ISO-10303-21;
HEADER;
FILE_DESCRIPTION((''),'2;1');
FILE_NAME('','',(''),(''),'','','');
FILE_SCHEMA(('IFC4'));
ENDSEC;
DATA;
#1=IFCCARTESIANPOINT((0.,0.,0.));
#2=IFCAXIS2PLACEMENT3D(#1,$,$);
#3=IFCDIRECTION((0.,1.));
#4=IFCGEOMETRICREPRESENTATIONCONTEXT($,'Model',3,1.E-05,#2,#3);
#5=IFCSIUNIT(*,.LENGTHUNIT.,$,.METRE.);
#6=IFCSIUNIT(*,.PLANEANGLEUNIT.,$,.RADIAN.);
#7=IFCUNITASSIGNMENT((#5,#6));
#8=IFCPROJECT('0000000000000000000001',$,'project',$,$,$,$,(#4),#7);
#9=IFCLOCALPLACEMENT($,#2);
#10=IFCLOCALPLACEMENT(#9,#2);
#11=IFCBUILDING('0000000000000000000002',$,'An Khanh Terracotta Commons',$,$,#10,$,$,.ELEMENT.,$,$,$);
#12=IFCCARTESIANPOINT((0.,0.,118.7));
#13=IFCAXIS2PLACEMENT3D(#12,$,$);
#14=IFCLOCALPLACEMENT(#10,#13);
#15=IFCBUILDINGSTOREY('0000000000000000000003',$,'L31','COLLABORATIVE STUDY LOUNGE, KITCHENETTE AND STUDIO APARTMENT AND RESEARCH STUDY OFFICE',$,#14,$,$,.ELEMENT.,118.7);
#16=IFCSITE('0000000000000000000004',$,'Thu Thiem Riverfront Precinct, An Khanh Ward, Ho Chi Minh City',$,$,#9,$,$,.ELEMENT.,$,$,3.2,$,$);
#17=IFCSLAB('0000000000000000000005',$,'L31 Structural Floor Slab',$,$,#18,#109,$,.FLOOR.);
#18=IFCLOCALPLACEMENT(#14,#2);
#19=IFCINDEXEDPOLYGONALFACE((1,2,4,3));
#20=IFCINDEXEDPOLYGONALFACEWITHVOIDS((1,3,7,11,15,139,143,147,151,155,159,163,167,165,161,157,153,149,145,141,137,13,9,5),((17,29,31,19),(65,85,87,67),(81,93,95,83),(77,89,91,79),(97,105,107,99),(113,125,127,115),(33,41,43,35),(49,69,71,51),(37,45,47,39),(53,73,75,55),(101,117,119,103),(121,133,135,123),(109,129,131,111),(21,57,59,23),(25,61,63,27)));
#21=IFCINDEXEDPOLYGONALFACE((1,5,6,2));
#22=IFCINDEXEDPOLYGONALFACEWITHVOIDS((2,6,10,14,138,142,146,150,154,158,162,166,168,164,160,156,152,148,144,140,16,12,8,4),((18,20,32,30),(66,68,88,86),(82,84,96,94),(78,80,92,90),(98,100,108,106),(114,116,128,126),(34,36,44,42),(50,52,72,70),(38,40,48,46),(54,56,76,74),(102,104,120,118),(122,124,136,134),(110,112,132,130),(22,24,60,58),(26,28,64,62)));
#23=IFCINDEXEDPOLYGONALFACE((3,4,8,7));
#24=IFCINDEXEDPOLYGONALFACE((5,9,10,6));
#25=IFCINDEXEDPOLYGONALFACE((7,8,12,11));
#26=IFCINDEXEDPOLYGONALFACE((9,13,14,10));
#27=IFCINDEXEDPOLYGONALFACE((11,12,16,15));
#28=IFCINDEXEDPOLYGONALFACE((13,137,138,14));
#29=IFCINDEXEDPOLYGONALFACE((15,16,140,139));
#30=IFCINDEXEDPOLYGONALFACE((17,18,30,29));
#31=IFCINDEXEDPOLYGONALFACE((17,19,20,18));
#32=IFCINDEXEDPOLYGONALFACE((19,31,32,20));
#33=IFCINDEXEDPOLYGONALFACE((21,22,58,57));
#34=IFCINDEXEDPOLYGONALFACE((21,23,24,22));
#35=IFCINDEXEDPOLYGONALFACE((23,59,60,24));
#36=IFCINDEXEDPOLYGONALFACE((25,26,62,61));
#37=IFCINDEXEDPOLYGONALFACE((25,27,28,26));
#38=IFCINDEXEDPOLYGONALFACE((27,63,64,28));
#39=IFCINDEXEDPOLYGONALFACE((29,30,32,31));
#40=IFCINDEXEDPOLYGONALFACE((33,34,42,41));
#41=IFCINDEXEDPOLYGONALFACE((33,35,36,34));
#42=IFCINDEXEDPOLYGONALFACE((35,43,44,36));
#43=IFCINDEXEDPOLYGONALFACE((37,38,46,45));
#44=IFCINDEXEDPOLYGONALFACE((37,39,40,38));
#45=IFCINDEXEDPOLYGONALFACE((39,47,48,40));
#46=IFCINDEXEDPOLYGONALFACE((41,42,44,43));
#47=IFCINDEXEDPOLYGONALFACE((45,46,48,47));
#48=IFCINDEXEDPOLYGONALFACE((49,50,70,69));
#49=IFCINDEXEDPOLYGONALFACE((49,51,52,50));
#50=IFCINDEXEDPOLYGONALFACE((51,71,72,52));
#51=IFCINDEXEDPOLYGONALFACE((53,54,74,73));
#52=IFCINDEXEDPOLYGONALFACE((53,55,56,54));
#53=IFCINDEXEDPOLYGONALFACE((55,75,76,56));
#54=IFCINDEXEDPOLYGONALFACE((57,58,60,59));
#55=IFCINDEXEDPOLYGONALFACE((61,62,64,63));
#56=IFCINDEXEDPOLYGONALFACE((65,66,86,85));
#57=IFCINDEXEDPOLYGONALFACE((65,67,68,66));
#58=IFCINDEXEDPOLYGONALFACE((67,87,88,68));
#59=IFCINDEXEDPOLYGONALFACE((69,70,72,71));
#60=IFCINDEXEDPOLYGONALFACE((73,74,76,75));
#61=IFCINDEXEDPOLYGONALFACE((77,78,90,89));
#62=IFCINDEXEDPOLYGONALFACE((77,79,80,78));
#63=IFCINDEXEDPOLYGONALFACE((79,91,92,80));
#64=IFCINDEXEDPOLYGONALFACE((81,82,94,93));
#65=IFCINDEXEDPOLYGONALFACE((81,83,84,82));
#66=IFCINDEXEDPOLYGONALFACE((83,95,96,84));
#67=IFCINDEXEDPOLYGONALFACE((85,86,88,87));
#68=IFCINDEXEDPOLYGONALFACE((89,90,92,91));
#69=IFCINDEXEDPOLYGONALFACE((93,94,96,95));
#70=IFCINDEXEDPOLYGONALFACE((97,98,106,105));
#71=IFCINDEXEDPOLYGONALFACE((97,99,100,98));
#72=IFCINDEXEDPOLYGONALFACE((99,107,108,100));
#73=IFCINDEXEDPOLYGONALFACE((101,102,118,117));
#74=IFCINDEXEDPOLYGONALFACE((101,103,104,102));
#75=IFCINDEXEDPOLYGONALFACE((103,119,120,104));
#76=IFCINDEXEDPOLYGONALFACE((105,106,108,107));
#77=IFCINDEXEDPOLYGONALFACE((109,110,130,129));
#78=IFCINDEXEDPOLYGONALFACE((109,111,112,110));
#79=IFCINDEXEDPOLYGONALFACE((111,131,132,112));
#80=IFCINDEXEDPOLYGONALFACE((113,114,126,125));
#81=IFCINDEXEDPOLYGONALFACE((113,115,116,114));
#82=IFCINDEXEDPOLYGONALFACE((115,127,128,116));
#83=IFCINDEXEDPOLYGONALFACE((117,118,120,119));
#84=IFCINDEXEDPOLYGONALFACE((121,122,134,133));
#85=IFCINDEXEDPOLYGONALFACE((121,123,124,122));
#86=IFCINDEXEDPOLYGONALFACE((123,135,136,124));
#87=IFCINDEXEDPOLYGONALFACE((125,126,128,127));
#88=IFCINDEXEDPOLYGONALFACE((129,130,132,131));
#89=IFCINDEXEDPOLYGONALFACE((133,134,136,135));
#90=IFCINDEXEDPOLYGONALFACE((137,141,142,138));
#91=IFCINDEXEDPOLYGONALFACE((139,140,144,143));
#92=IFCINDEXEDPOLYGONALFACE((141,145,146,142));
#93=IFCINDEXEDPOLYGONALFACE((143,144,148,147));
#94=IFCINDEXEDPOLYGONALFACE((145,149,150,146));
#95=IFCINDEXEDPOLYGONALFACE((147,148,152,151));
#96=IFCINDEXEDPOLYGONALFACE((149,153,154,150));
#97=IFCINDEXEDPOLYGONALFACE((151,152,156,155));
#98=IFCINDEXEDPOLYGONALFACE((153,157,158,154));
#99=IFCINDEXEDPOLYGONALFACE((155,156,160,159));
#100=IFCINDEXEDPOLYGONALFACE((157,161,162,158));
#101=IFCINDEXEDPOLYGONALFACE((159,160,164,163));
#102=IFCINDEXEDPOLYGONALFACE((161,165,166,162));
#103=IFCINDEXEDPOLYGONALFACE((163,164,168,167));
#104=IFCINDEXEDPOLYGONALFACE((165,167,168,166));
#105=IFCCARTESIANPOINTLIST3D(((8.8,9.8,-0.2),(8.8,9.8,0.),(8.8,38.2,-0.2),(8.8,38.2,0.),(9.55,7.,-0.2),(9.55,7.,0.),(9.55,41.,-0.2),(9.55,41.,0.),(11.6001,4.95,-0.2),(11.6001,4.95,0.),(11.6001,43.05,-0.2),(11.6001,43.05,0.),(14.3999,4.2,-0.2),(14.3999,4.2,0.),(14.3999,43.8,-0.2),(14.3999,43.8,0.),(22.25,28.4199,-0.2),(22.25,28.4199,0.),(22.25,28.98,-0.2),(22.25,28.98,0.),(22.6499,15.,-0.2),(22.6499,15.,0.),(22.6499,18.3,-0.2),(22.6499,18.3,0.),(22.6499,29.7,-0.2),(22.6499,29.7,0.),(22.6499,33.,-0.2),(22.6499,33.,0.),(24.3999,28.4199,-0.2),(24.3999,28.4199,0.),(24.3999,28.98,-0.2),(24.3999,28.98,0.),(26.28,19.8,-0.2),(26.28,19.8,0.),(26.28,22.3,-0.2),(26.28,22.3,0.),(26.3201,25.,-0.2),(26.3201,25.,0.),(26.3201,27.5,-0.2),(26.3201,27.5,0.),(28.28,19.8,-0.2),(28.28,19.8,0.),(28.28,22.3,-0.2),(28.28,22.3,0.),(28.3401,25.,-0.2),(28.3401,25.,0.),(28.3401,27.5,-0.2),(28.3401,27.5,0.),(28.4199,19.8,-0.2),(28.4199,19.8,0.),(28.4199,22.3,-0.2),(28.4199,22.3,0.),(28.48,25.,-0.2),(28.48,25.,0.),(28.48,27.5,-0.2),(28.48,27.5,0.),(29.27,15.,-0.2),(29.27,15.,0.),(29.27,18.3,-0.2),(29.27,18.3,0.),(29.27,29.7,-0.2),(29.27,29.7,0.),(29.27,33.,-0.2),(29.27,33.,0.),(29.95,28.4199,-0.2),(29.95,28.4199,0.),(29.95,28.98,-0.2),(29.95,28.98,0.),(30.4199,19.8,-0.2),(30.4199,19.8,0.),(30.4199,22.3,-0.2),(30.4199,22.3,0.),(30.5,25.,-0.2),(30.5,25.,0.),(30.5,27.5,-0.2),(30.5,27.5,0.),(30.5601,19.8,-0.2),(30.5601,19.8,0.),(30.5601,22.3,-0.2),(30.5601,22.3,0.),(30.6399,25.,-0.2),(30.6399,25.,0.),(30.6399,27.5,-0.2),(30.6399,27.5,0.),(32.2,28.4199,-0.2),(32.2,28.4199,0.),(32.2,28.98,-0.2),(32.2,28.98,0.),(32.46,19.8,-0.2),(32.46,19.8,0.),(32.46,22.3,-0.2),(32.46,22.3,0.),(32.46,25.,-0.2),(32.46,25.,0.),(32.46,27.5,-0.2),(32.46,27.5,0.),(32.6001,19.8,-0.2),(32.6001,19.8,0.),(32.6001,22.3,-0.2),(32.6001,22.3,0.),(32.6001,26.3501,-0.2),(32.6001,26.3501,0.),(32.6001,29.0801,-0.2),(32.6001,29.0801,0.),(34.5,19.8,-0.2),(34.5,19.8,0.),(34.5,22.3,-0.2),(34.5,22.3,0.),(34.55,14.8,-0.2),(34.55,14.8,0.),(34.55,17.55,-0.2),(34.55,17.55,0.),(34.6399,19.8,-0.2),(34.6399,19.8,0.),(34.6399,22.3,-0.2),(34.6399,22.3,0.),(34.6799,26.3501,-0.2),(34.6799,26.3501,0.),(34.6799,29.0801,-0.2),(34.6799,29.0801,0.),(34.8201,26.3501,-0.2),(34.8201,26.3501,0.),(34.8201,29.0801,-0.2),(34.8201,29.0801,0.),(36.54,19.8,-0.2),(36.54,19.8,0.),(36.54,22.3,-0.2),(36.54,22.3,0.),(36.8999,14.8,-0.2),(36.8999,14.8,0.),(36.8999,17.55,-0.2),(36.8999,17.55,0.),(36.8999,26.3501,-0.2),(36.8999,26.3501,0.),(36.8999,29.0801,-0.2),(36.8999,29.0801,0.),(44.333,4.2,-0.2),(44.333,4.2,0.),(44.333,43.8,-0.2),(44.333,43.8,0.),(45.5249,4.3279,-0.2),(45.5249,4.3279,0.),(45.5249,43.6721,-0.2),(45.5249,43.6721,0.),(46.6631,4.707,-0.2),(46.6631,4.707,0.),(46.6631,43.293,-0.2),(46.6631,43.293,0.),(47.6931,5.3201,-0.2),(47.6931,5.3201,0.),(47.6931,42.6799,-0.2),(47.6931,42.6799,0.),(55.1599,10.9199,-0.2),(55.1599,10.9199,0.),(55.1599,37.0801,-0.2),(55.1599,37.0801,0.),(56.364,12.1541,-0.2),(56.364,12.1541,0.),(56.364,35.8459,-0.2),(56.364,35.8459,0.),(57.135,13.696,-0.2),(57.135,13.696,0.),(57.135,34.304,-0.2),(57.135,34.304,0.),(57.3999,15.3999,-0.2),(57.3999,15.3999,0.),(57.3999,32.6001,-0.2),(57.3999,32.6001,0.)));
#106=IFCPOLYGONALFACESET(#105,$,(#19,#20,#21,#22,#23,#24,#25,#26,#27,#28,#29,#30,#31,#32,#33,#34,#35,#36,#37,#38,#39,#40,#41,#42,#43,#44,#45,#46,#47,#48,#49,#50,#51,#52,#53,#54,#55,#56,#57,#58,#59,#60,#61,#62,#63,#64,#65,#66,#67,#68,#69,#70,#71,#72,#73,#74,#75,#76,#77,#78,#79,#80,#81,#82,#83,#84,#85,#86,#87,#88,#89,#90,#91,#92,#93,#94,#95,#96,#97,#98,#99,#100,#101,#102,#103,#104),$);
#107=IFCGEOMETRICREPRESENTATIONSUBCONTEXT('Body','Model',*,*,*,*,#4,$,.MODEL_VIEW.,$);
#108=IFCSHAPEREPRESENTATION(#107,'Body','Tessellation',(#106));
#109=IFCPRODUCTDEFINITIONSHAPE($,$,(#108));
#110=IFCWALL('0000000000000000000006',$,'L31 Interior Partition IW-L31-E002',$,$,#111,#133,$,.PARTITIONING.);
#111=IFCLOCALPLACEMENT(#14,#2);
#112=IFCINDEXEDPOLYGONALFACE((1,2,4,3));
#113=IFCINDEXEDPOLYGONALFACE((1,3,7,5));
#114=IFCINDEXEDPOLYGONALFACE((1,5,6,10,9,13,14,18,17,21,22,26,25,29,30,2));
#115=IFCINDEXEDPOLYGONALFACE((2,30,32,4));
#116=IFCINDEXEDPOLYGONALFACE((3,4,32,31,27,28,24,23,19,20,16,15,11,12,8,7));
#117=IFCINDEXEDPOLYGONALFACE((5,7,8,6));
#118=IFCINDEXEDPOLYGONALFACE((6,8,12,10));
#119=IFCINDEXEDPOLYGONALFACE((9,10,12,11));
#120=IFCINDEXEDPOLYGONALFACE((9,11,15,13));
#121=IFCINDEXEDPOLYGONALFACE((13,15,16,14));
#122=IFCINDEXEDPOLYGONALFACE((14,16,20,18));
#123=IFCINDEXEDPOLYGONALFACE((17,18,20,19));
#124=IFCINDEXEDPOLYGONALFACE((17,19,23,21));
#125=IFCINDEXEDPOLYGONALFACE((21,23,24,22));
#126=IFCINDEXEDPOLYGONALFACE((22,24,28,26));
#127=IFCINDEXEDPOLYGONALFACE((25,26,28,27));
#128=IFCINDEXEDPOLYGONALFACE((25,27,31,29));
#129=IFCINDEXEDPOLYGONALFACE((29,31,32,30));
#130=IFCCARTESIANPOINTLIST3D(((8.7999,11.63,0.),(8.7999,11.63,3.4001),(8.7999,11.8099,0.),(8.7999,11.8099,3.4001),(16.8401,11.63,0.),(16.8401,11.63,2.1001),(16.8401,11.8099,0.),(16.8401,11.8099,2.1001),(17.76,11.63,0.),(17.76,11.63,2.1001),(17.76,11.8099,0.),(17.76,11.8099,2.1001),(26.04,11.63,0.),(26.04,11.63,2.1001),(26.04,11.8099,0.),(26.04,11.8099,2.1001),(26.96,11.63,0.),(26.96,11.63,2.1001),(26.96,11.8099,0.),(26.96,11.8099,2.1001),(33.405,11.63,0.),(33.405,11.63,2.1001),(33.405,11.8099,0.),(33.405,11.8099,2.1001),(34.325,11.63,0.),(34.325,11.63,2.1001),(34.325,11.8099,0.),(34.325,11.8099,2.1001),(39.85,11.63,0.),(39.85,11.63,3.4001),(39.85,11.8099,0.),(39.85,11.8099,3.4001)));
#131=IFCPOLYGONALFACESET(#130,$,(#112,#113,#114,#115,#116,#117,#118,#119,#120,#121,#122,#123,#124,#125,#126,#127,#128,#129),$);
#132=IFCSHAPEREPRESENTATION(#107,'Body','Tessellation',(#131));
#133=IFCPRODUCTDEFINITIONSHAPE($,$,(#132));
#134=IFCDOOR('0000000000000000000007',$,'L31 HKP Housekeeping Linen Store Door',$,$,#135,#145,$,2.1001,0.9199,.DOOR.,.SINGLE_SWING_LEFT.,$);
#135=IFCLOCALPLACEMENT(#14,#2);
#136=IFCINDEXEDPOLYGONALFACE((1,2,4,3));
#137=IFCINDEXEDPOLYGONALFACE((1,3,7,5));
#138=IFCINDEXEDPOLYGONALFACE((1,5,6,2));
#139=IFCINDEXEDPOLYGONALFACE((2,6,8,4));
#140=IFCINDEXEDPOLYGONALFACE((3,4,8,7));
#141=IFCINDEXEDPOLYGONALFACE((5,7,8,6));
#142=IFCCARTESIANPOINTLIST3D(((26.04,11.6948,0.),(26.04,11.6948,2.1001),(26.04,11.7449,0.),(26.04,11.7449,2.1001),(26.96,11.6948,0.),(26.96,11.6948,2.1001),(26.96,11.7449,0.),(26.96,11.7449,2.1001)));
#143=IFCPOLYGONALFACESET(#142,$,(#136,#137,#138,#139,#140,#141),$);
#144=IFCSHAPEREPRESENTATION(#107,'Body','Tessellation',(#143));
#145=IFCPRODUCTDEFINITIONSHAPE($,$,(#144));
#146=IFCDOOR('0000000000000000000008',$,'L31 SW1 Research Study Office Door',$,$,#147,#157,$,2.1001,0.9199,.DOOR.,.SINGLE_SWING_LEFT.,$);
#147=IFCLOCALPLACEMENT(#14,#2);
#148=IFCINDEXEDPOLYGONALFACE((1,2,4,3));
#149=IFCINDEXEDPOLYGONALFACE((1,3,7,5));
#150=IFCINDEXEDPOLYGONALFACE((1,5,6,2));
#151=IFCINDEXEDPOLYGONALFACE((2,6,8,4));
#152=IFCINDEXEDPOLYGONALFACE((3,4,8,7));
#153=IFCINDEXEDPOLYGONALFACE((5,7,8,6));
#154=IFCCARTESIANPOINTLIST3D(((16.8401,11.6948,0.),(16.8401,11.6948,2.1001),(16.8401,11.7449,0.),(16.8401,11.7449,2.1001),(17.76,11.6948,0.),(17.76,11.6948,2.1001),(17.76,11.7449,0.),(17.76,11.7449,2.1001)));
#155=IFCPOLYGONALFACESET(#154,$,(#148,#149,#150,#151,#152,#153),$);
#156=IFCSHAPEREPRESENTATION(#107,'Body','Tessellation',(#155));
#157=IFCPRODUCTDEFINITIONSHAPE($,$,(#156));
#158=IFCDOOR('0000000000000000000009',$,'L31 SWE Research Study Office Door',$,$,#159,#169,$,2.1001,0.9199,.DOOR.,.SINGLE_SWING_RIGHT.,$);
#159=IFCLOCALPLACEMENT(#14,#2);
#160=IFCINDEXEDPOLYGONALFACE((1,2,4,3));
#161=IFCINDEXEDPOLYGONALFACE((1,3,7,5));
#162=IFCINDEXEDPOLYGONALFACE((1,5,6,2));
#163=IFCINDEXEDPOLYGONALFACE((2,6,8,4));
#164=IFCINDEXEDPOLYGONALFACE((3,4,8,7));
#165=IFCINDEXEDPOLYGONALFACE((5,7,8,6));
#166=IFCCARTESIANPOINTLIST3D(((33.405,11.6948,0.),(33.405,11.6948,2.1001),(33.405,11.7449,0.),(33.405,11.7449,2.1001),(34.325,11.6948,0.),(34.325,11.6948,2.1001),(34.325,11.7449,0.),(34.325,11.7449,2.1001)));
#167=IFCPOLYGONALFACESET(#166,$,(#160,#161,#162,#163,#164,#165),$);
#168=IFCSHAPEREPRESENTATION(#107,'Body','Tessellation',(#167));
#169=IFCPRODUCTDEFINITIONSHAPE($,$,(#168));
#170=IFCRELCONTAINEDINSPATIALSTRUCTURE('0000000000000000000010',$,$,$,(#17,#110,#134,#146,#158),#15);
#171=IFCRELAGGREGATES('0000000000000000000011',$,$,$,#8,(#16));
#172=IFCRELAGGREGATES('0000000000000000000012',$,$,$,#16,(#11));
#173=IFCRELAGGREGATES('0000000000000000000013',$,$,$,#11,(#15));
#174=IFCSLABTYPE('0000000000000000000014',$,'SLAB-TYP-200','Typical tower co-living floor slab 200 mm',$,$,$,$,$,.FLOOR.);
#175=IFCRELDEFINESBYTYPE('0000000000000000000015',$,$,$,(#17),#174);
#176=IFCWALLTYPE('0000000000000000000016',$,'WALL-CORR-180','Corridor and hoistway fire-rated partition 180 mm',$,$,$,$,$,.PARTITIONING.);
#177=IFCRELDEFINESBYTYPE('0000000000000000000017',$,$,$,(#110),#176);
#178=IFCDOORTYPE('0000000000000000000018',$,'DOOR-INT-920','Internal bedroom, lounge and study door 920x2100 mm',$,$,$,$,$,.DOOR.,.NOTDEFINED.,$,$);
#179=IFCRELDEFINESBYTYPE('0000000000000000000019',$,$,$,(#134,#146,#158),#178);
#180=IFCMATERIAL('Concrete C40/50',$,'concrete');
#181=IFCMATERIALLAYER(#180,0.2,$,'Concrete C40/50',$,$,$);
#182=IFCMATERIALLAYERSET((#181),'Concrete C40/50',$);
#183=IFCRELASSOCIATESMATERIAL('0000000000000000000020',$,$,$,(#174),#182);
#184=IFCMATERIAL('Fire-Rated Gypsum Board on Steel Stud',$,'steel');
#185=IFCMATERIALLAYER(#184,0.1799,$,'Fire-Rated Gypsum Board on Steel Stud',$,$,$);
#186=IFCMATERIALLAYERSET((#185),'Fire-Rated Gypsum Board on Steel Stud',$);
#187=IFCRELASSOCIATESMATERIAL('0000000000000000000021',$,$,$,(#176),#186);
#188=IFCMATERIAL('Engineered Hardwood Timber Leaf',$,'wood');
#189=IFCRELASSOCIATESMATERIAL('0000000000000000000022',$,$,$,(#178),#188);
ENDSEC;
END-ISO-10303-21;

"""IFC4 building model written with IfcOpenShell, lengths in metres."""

from ifc_helpers import new_model, si_unit, direction, frame, frame_2d, origin, place, context, subcontext, project, spatial, polyline, rectangle, outline, extrude, material, layer, layer_set, type_object, element, fill, save


model = new_model("IFC4")

# Units and contexts
model_context = context("Model", 3, precision=1e-05, world=origin(), true_north=direction((0.0, 1.0)))
body_context = subcontext(model_context, "Body", "Model", "MODEL_VIEW")
ifc_project = project(units=[si_unit("LENGTHUNIT", "METRE"), si_unit("PLANEANGLEUNIT", "RADIAN")], contexts=[model_context])

# Site, building, storey
site_placement = place(None, origin())
site = spatial("IfcSite", under=ifc_project, at=site_placement, Name="Thu Thiem Riverfront Precinct, An Khanh Ward, Ho Chi Minh City", CompositionType="ELEMENT", RefElevation=3.2)
building_placement = place(site_placement, origin())
building = spatial("IfcBuilding", under=site, at=building_placement, Name="An Khanh Terracotta Commons", CompositionType="ELEMENT")
storey_placement = place(building_placement, frame((0.0, 0.0, 118.7)))
storey = spatial("IfcBuildingStorey", under=building, at=storey_placement, Name="L31", Description="COLLABORATIVE STUDY LOUNGE, KITCHENETTE AND STUDIO APARTMENT AND RESEARCH STUDY OFFICE", CompositionType="ELEMENT", Elevation=118.7)

# Shared definitions
ifc_material_1 = material(Name="Concrete C40/50", Category="concrete")

# Slab
ifc_layer_1 = layer(ifc_material_1, 0.2, Name="Concrete C40/50")
ifc_layer_set_1 = layer_set([ifc_layer_1], Name="Concrete C40/50")
slab_type_1 = type_object("IfcSlabType", Name="SLAB-TYP-200", Description="Typical tower co-living floor slab 200 mm", PredefinedType="FLOOR", material=ifc_layer_set_1)
slab_1_placement = place(storey_placement, frame((0.0, 0.0, -0.2)))
element("IfcSlab", 1, at=slab_1_placement, inside=storey, type_object=slab_type_1, Name="L31 Structural Floor Slab", PredefinedType="FLOOR", context=body_context, shape_type="SweptSolid", body=[
    extrude(outline(polyline([(8.8, 9.8), (9.55, 7.0), (11.6001, 4.95), (14.3999, 4.2), (44.333, 4.2), (45.5249, 4.3279), (46.6631, 4.707), (47.6931, 5.3201), (55.1599, 10.9199), (56.364, 12.1541), (57.135, 13.696), (57.3999, 15.3999), (57.3999, 32.6001), (57.135, 34.304), (56.364, 35.8459), (55.1599, 37.0801), (47.6931, 42.6799), (46.6631, 43.293), (45.5249, 43.6721), (44.333, 43.8), (14.3999, 43.8), (11.6001, 43.05), (9.55, 41.0), (8.8, 38.2), (8.8, 9.8)]), holes=[polyline([(22.6499, 29.7), (29.27, 29.7), (29.27, 33.0), (22.6499, 33.0), (22.6499, 29.7)]), polyline([(22.6499, 15.0), (29.27, 15.0), (29.27, 18.3), (22.6499, 18.3), (22.6499, 15.0)]), polyline([(32.6001, 26.3501), (34.6799, 26.3501), (34.6799, 29.0801), (32.6001, 29.0801), (32.6001, 26.3501)]), polyline([(34.8201, 26.3501), (36.8999, 26.3501), (36.8999, 29.0801), (34.8201, 29.0801), (34.8201, 26.3501)]), polyline([(34.55, 14.8), (36.8999, 14.8), (36.8999, 17.55), (34.55, 17.55), (34.55, 14.8)]), polyline([(26.3201, 25.0), (28.3401, 25.0), (28.3401, 27.5), (26.3201, 27.5), (26.3201, 25.0)]), polyline([(28.48, 25.0), (30.5, 25.0), (30.5, 27.5), (28.48, 27.5), (28.48, 25.0)]), polyline([(26.28, 19.8), (28.28, 19.8), (28.28, 22.3), (26.28, 22.3), (26.28, 19.8)]), polyline([(28.4199, 19.8), (30.4199, 19.8), (30.4199, 22.3), (28.4199, 22.3), (28.4199, 19.8)]), polyline([(30.6399, 25.0), (32.46, 25.0), (32.46, 27.5), (30.6399, 27.5), (30.6399, 25.0)]), polyline([(30.5601, 19.8), (32.46, 19.8), (32.46, 22.3), (30.5601, 22.3), (30.5601, 19.8)]), polyline([(32.6001, 19.8), (34.5, 19.8), (34.5, 22.3), (32.6001, 22.3), (32.6001, 19.8)]), polyline([(34.6399, 19.8), (36.54, 19.8), (36.54, 22.3), (34.6399, 22.3), (34.6399, 19.8)]), polyline([(22.25, 28.4199), (24.3999, 28.4199), (24.3999, 28.98), (22.25, 28.98), (22.25, 28.4199)]), polyline([(29.95, 28.4199), (32.2, 28.4199), (32.2, 28.98), (29.95, 28.98), (29.95, 28.4199)])]), origin(), (0.0, 0.0, 1.0), 0.2),
])

# Wall, openings, doors
ifc_material_2 = material(Name="Fire-Rated Gypsum Board on Steel Stud", Category="steel")
ifc_layer_2 = layer(ifc_material_2, 0.1799, Name="Fire-Rated Gypsum Board on Steel Stud")
ifc_layer_set_2 = layer_set([ifc_layer_2], Name="Fire-Rated Gypsum Board on Steel Stud")
wall_type_1 = type_object("IfcWallType", Name="WALL-CORR-180", Description="Corridor and hoistway fire-rated partition 180 mm", PredefinedType="PARTITIONING", material=ifc_layer_set_2)
wall_1_placement = place(storey_placement, frame((8.8, 11.72, 0.0), z_axis=(0.0, 0.0, 1.0), x_axis=(1.0, 0.0, 0.0)))
wall_1 = element("IfcWall", 2, at=wall_1_placement, inside=storey, type_object=wall_type_1, Name="L31 Interior Partition IW-L31-E002", PredefinedType="PARTITIONING", context=body_context, shape_type="SweptSolid", body=[
    extrude(rectangle(XDim=31.05, YDim=0.1799, at=frame_2d((15.5249, 0.0))), origin(), (0.0, 0.0, 1.0), 3.4001),
])
opening_1_placement = place(wall_1_placement, frame((17.24, 0.0, 0.0)))
opening_1 = element("IfcOpeningElement", 3, at=opening_1_placement, cuts=wall_1, PredefinedType="OPENING", context=body_context, shape_type="SweptSolid", body=[
    extrude(rectangle(XDim=0.9199, YDim=2.1001, at=frame_2d((0.46, 1.05))), frame((0.0, 0.0999, 0.0), z_axis=(0.0, -1.0, 0.0), x_axis=(1.0, 0.0, 0.0)), (0.0, 0.0, 1.0), 0.2),
])
opening_2_placement = place(wall_1_placement, frame((8.04, 0.0, 0.0)))
opening_2 = element("IfcOpeningElement", 4, at=opening_2_placement, cuts=wall_1, PredefinedType="OPENING", context=body_context, shape_type="SweptSolid", body=[
    extrude(rectangle(XDim=0.9199, YDim=2.1001, at=frame_2d((0.46, 1.05))), frame((0.0, 0.0999, 0.0), z_axis=(0.0, -1.0, 0.0), x_axis=(1.0, 0.0, 0.0)), (0.0, 0.0, 1.0), 0.2),
])
opening_3_placement = place(wall_1_placement, frame((24.605, 0.0, 0.0)))
opening_3 = element("IfcOpeningElement", 5, at=opening_3_placement, cuts=wall_1, PredefinedType="OPENING", context=body_context, shape_type="SweptSolid", body=[
    extrude(rectangle(XDim=0.9199, YDim=2.1001, at=frame_2d((0.46, 1.05))), frame((0.0, 0.0999, 0.0), z_axis=(0.0, -1.0, 0.0), x_axis=(1.0, 0.0, 0.0)), (0.0, 0.0, 1.0), 0.2),
])
ifc_material_3 = material(Name="Engineered Hardwood Timber Leaf", Category="wood")
door_type_1 = type_object("IfcDoorType", Name="DOOR-INT-920", Description="Internal bedroom, lounge and study door 920x2100 mm", OperationType="NOTDEFINED", PredefinedType="DOOR", material=ifc_material_3)
door_1_placement = place(opening_1_placement, origin())
door_1 = element("IfcDoor", 6, at=door_1_placement, inside=storey, type_object=door_type_1, Name="L31 HKP Housekeeping Linen Store Door", OperationType="SINGLE_SWING_LEFT", OverallHeight=2.1001, OverallWidth=0.9199, PredefinedType="DOOR", context=body_context, shape_type="SweptSolid", body=[
    extrude(rectangle(XDim=0.9199, YDim=2.1001, at=frame_2d((0.46, 1.05))), frame((0.0, 0.0249, 0.0), z_axis=(0.0, -1.0, 0.0), x_axis=(1.0, 0.0, 0.0)), (0.0, 0.0, 1.0), 0.05),
])
fill(opening_1, door_1)
door_2_placement = place(opening_2_placement, origin())
door_2 = element("IfcDoor", 7, at=door_2_placement, inside=storey, type_object=door_type_1, Name="L31 SW1 Research Study Office Door", OperationType="SINGLE_SWING_LEFT", OverallHeight=2.1001, OverallWidth=0.9199, PredefinedType="DOOR", context=body_context, shape_type="SweptSolid", body=[
    extrude(rectangle(XDim=0.9199, YDim=2.1001, at=frame_2d((0.46, 1.05))), frame((0.0, 0.0249, 0.0), z_axis=(0.0, -1.0, 0.0), x_axis=(1.0, 0.0, 0.0)), (0.0, 0.0, 1.0), 0.05),
])
fill(opening_2, door_2)
door_3_placement = place(opening_3_placement, origin())
door_3 = element("IfcDoor", 8, at=door_3_placement, inside=storey, type_object=door_type_1, Name="L31 SWE Research Study Office Door", OperationType="SINGLE_SWING_RIGHT", OverallHeight=2.1001, OverallWidth=0.9199, PredefinedType="DOOR", context=body_context, shape_type="SweptSolid", body=[
    extrude(rectangle(XDim=0.9199, YDim=2.1001, at=frame_2d((0.46, 1.05))), frame((0.0, 0.0249, 0.0), z_axis=(0.0, -1.0, 0.0), x_axis=(1.0, 0.0, 0.0)), (0.0, 0.0, 1.0), 0.05),
])
fill(opening_3, door_3)

save(model, "model.ifc")
